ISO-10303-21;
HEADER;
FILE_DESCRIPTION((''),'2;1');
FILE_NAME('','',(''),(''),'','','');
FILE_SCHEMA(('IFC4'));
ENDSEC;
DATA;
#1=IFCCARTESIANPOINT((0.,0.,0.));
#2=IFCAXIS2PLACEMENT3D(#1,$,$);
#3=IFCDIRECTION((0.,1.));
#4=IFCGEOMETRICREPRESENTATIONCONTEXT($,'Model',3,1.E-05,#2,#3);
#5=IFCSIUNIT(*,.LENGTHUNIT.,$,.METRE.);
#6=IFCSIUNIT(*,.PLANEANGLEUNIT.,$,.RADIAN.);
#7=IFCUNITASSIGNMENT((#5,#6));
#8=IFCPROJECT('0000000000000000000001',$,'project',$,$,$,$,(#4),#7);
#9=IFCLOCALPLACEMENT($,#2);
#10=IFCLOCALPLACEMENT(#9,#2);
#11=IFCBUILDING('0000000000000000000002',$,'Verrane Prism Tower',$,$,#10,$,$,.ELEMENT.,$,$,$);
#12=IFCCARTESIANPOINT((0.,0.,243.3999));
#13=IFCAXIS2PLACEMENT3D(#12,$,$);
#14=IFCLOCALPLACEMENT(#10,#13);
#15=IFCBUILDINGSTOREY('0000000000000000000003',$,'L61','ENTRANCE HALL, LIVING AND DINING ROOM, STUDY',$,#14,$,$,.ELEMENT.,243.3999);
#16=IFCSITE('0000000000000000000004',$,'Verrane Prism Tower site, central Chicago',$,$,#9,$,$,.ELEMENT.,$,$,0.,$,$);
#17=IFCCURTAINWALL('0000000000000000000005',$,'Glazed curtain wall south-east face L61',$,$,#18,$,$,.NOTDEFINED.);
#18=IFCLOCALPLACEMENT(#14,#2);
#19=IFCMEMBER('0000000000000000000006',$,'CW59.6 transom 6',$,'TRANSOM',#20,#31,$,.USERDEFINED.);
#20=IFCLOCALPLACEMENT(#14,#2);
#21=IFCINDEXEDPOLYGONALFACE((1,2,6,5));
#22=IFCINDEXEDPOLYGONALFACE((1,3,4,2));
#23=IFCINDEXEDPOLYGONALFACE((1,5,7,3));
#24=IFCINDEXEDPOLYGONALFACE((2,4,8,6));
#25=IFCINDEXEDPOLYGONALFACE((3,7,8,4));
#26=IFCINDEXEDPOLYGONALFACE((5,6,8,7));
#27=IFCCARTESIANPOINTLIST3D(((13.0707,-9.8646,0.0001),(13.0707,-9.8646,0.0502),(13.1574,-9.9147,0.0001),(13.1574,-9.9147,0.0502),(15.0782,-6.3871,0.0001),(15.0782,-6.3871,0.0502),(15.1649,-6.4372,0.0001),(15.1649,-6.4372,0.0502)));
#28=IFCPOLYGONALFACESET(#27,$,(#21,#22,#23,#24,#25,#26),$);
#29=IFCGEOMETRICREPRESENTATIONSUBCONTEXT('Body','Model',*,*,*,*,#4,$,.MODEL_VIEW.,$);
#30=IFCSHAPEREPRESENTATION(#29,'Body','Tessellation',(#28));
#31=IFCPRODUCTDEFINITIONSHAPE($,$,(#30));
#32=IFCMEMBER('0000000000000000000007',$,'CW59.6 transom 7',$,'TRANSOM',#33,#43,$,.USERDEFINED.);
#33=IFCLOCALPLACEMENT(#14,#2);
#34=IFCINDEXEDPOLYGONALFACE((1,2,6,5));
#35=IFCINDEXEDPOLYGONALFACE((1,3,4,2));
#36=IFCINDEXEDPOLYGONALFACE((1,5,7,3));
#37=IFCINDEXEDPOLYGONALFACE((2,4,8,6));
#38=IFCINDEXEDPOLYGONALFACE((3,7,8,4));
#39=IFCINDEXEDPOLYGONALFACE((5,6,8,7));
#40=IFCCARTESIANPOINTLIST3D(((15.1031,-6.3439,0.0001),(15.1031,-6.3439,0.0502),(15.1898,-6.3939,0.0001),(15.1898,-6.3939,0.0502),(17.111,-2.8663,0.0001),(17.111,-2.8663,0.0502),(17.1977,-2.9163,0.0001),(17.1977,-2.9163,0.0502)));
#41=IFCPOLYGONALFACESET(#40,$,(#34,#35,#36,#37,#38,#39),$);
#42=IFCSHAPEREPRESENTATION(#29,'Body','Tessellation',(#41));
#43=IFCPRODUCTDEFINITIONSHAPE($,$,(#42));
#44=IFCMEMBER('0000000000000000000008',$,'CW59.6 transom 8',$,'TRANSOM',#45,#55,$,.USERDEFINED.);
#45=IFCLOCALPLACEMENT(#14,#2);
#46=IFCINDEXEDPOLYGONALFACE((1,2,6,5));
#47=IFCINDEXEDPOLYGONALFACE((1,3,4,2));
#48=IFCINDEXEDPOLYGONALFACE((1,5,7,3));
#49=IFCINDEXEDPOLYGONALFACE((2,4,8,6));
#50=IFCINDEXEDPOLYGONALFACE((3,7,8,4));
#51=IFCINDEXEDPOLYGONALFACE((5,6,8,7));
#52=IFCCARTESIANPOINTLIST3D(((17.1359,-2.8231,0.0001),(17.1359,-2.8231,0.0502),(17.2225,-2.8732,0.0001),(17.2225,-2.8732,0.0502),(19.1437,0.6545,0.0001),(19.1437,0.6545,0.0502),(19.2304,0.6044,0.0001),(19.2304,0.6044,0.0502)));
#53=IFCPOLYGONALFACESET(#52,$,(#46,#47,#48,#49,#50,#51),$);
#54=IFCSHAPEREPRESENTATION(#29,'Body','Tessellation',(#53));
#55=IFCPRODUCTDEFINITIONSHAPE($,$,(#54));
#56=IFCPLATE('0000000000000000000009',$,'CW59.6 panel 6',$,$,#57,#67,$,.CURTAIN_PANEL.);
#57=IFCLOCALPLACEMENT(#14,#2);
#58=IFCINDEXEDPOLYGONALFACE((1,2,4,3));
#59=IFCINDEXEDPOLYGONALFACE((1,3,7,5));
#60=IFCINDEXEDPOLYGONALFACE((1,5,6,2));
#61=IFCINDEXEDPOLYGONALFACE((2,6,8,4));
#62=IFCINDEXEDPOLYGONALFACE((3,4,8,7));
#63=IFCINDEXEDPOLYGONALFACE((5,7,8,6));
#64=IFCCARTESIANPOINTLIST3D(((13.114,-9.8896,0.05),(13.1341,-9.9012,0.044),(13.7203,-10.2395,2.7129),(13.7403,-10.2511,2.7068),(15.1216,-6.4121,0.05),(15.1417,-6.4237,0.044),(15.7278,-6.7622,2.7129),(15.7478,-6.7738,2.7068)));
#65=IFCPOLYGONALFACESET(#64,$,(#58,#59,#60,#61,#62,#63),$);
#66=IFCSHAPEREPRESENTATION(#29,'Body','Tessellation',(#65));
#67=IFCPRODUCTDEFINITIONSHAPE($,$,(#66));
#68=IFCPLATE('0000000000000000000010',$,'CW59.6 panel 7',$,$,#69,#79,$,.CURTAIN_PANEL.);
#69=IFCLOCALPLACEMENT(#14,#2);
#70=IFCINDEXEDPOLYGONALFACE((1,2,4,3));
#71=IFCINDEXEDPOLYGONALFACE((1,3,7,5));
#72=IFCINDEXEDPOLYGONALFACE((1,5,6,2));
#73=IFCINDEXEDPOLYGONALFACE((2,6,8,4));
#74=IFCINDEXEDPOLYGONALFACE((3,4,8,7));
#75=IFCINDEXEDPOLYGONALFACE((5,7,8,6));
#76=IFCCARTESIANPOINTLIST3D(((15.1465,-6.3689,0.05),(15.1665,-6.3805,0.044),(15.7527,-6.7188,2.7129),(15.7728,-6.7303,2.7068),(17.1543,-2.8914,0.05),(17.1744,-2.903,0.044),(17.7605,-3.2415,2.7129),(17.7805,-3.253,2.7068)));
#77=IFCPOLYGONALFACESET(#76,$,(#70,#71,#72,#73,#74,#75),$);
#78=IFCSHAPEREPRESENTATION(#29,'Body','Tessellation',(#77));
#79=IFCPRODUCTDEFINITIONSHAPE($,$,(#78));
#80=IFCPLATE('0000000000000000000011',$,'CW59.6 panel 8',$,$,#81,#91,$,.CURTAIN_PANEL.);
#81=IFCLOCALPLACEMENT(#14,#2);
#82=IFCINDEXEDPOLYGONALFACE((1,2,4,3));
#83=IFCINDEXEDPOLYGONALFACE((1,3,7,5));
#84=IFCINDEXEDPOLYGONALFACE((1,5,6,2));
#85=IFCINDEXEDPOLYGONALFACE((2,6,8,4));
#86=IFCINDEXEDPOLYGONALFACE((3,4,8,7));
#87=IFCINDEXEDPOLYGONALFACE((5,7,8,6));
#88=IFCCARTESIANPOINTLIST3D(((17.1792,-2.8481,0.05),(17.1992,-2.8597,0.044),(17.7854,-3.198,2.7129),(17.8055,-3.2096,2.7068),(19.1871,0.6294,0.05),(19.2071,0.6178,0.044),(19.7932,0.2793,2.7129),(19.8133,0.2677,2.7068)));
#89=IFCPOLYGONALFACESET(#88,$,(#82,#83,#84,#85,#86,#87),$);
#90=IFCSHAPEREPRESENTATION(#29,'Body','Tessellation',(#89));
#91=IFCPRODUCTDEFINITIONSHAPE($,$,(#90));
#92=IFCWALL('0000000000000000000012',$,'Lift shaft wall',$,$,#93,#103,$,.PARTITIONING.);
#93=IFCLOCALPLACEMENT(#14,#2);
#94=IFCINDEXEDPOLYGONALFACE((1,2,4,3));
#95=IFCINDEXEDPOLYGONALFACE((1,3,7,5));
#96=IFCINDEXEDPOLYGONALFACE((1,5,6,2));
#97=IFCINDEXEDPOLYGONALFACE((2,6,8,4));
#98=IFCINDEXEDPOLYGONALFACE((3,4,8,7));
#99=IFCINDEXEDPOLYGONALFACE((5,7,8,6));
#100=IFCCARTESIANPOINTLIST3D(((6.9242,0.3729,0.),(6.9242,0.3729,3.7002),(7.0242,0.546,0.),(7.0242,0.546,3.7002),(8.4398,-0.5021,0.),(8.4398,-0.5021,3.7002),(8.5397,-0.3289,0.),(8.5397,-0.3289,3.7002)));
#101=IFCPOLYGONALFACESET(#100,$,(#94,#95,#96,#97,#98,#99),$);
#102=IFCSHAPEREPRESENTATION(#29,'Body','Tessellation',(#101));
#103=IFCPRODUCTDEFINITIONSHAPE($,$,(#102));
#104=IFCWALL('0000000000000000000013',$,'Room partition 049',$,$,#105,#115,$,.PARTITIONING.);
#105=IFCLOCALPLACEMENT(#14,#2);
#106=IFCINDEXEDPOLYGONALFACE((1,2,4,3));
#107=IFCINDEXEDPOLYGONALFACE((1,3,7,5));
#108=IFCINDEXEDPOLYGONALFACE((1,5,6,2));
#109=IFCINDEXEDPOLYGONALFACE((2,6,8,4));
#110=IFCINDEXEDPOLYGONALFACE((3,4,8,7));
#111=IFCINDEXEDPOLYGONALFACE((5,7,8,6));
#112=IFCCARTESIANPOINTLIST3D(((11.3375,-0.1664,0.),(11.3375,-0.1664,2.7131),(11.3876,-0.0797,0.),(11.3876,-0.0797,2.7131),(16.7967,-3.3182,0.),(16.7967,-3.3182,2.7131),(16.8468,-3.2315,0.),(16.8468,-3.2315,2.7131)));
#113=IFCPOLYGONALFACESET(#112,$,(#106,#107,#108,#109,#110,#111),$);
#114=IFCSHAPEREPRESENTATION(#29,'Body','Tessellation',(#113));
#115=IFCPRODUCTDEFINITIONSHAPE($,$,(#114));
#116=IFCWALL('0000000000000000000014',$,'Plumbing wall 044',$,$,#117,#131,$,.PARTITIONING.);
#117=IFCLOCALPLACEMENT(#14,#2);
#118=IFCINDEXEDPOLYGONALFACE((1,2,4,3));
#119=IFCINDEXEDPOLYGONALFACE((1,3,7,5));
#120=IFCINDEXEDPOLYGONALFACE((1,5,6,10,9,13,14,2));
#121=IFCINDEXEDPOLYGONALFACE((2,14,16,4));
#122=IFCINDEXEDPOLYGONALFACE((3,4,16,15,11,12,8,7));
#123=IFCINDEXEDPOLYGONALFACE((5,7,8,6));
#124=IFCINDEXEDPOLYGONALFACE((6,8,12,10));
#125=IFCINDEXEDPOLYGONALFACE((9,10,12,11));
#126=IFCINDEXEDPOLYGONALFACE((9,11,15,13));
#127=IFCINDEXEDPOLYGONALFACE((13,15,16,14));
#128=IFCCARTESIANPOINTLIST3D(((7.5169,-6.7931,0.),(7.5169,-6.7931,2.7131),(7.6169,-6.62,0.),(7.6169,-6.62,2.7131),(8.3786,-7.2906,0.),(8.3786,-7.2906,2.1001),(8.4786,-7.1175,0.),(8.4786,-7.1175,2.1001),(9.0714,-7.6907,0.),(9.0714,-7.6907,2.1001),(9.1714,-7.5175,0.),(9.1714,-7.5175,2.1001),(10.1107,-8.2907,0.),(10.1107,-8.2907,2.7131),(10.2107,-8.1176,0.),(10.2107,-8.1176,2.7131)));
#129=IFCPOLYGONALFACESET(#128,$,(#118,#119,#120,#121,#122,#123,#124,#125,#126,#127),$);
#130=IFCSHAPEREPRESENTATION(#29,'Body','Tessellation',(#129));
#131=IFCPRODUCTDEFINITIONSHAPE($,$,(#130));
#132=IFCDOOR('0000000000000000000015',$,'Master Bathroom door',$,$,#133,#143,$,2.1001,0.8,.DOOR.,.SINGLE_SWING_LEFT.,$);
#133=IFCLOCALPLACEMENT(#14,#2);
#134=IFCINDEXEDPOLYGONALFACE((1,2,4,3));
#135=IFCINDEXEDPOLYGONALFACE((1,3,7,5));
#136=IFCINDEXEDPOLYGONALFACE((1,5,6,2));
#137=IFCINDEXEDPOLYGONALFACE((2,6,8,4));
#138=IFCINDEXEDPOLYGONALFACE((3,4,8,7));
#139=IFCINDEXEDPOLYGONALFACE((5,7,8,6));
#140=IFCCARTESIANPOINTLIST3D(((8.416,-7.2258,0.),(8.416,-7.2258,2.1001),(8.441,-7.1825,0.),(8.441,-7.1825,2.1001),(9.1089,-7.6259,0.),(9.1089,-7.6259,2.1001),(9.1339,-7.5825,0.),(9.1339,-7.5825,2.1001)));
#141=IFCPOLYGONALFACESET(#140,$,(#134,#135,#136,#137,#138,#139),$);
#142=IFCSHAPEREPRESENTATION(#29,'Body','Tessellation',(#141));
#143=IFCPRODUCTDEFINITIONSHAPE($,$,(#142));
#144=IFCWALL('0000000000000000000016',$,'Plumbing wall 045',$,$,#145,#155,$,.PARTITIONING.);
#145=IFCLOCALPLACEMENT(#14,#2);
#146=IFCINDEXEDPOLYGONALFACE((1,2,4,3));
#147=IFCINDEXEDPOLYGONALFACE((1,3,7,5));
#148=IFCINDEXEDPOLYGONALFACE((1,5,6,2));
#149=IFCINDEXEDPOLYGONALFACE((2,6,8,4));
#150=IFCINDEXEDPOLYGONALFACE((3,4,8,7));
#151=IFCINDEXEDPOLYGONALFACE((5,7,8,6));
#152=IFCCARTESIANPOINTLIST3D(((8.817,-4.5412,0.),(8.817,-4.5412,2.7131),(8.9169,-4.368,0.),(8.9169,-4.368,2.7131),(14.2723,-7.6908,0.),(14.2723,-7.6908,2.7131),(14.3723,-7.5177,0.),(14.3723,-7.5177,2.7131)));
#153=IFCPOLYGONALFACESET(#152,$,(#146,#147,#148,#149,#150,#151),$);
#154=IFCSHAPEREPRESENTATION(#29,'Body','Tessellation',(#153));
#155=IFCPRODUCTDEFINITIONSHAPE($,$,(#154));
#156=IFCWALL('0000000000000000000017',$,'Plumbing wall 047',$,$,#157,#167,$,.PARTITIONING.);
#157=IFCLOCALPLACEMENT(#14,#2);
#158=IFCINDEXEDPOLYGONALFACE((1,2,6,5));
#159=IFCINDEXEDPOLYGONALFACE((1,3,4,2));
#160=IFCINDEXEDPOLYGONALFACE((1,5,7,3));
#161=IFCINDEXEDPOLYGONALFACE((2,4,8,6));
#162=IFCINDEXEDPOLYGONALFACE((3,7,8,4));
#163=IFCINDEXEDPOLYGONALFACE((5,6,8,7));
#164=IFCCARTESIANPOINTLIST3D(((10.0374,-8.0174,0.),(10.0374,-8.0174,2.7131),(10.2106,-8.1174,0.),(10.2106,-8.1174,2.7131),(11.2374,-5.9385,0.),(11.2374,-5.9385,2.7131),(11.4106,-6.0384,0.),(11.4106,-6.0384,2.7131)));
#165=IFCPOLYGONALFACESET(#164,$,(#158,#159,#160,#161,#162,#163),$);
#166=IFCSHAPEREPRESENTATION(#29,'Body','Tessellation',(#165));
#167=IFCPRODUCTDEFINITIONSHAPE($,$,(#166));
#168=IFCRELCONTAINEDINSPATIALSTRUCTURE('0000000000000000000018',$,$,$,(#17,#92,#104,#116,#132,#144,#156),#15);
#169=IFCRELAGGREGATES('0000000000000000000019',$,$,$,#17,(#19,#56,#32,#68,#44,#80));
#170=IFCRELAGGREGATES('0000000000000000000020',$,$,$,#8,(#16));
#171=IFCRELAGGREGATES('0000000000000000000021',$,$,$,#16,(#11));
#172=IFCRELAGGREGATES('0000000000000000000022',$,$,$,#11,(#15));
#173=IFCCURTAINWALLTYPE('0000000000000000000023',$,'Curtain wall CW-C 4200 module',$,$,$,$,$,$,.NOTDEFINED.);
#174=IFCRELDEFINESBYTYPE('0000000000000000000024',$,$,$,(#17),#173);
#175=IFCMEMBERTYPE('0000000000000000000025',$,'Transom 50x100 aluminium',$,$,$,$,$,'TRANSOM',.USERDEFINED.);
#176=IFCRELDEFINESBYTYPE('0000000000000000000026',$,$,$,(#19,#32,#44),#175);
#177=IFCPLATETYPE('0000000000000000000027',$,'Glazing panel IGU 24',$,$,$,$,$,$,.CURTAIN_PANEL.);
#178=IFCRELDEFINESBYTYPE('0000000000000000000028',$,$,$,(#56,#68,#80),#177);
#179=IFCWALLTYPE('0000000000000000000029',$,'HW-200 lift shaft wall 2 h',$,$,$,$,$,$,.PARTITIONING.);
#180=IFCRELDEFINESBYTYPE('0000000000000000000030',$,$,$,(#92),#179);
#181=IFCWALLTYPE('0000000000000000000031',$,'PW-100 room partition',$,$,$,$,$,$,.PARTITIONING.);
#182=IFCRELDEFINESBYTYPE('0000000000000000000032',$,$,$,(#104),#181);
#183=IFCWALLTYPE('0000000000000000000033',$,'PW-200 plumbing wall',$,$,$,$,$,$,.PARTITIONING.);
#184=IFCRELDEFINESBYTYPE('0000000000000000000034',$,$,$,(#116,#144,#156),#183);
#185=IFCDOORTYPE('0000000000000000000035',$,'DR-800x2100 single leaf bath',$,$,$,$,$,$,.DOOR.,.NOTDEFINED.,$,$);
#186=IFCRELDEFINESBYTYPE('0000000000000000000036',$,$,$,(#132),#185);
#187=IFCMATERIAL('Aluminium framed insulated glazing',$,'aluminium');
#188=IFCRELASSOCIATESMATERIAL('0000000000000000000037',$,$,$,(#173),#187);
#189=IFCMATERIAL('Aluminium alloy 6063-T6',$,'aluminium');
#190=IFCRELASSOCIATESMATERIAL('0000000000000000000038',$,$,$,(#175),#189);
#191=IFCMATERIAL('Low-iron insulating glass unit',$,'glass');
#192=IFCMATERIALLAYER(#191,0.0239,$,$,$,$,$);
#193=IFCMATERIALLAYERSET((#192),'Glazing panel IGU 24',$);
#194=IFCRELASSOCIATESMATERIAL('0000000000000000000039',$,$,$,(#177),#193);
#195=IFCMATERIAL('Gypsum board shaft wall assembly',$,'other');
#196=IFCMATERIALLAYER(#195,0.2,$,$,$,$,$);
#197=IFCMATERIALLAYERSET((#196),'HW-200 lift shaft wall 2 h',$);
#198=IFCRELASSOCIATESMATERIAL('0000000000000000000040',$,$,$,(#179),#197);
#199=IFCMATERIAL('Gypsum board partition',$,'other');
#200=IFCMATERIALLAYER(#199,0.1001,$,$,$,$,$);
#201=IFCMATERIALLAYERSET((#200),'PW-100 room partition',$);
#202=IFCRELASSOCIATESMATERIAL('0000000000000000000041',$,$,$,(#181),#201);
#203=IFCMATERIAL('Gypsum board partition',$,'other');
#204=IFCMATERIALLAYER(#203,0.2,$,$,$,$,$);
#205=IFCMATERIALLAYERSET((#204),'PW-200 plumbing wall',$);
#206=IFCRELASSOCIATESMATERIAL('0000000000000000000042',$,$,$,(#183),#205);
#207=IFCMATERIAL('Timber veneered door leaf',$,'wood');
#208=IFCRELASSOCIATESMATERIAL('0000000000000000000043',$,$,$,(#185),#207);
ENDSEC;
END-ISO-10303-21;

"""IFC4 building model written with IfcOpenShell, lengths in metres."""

from ifc_helpers import new_model, si_unit, direction, frame, frame_2d, origin, origin_2d, place, context, subcontext, project, spatial, polyline, rectangle, outline, extrude, material, layer, layer_set, material_profile, profile_set, type_object, element, fill, aggregate, save


model = new_model("IFC4")

# Units and contexts
model_context = context("Model", 3, precision=1e-05, world=origin(), true_north=direction((0.0, 1.0)))
body_context = subcontext(model_context, "Body", "Model", "MODEL_VIEW")
ifc_project = project(units=[si_unit("LENGTHUNIT", "METRE"), si_unit("PLANEANGLEUNIT", "RADIAN")], contexts=[model_context])

# Site, building, storey
site_placement = place(None, origin())
site = spatial("IfcSite", under=ifc_project, at=site_placement, Name="Verrane Prism Tower site, central Chicago", CompositionType="ELEMENT", RefElevation=0.0)
building_placement = place(site_placement, origin())
building = spatial("IfcBuilding", under=site, at=building_placement, Name="Verrane Prism Tower", CompositionType="ELEMENT")
storey_placement = place(building_placement, frame((0.0, 0.0, 243.3999)))
storey = spatial("IfcBuildingStorey", under=building, at=storey_placement, Name="L61", Description="ENTRANCE HALL, LIVING AND DINING ROOM, STUDY", CompositionType="ELEMENT", Elevation=243.3999)

# Curtain wall
ifc_material_1 = material(Name="Aluminium framed insulated glazing", Category="aluminium")
curtain_wall_type = type_object("IfcCurtainWallType", Name="Curtain wall CW-C 4200 module", PredefinedType="NOTDEFINED", material=ifc_material_1)
curtain_wall_placement = place(storey_placement, origin())
curtain_wall = element("IfcCurtainWall", 1, at=curtain_wall_placement, inside=storey, type_object=curtain_wall_type, Name="Glazed curtain wall south-east face L61", PredefinedType="NOTDEFINED")

# Members
ifc_material_2 = material(Name="Aluminium alloy 6063-T6", Category="aluminium")
ifc_material_profile_1 = material_profile(ifc_material_2, rectangle(XDim=0.1001, YDim=0.05, at=origin_2d()), Name="Transom 50x100 aluminium")
ifc_profile_set_1 = profile_set([ifc_material_profile_1], Name="Aluminium alloy 6063-T6")
member_type_1 = type_object("IfcMemberType", Name="Transom 50x100 aluminium", ElementType="TRANSOM", PredefinedType="USERDEFINED", material=ifc_profile_set_1)
member_1_placement = place(storey_placement, frame((13.114, -9.8896, 0.0251), z_axis=(0.499965, 0.866046, 0.0), x_axis=(-0.866046, 0.499965, 0.0)))
member_1 = element("IfcMember", 2, at=member_1_placement, type_object=member_type_1, Name="CW59.6 transom 6", ObjectType="TRANSOM", PredefinedType="USERDEFINED", context=body_context, shape_type="SweptSolid", body=[
    extrude(rectangle(XDim=0.1001, YDim=0.05, at=origin_2d()), origin(), (0.0, 0.0, 1.0), 4.0154),
])
member_2_placement = place(storey_placement, frame((15.1465, -6.3689, 0.0251), z_axis=(0.50001, 0.86602, 0.0), x_axis=(-0.86602, 0.50001, 0.0)))
member_2 = element("IfcMember", 3, at=member_2_placement, type_object=member_type_1, Name="CW59.6 transom 7", ObjectType="TRANSOM", PredefinedType="USERDEFINED", context=body_context, shape_type="SweptSolid", body=[
    extrude(rectangle(XDim=0.1001, YDim=0.05, at=origin_2d()), origin(), (0.0, 0.0, 1.0), 4.0156),
])
member_3_placement = place(storey_placement, frame((17.1792, -2.8481, 0.0251), z_axis=(0.50001, 0.86602, 0.0), x_axis=(-0.86602, 0.50001, 0.0)))
member_3 = element("IfcMember", 4, at=member_3_placement, type_object=member_type_1, Name="CW59.6 transom 8", ObjectType="TRANSOM", PredefinedType="USERDEFINED", context=body_context, shape_type="SweptSolid", body=[
    extrude(rectangle(XDim=0.1001, YDim=0.05, at=origin_2d()), origin(), (0.0, 0.0, 1.0), 4.0156),
])

# Plates
ifc_material_3 = material(Name="Low-iron insulating glass unit", Category="glass")
ifc_layer_1 = layer(ifc_material_3, 0.0239)
ifc_layer_set_1 = layer_set([ifc_layer_1], Name="Glazing panel IGU 24")
plate_type = type_object("IfcPlateType", Name="Glazing panel IGU 24", PredefinedType="CURTAIN_PANEL", material=ifc_layer_set_1)
plate_1_placement = place(storey_placement, frame((13.114, -9.8896, 0.05), z_axis=(-0.837583, 0.48355, 0.25423), x_axis=(0.499977, 0.866039, -0.000004)))
plate_1 = element("IfcPlate", 5, at=plate_1_placement, type_object=plate_type, Name="CW59.6 panel 6", PredefinedType="CURTAIN_PANEL", context=body_context, shape_type="SweptSolid", body=[
    extrude(outline(polyline([(0.0, 0.0), (4.0154, 0.0), (4.0153, -2.7533), (0.0001, -2.7533), (0.0, 0.0)])), origin(), (0.0, 0.0, -1.0), 0.0239),
])
plate_2_placement = place(storey_placement, frame((15.1465, -6.3689, 0.05), z_axis=(-0.837558, 0.483594, 0.25423), x_axis=(0.500022, 0.866012, -0.000004)))
plate_2 = element("IfcPlate", 6, at=plate_2_placement, type_object=plate_type, Name="CW59.6 panel 7", PredefinedType="CURTAIN_PANEL", context=body_context, shape_type="SweptSolid", body=[
    extrude(outline(polyline([(0.0, 0.0), (4.0155, 0.0), (4.0155, -2.7533), (0.0001, -2.7533), (0.0, 0.0)])), origin(), (0.0, 0.0, -1.0), 0.0239),
])
plate_3_placement = place(storey_placement, frame((17.1792, -2.8481, 0.05), z_axis=(-0.837558, 0.483594, 0.25423), x_axis=(0.500022, 0.866012, -0.000004)))
plate_3 = element("IfcPlate", 7, at=plate_3_placement, type_object=plate_type, Name="CW59.6 panel 8", PredefinedType="CURTAIN_PANEL", context=body_context, shape_type="SweptSolid", body=[
    extrude(outline(polyline([(0.0, 0.0), (4.0155, 0.0), (4.0155, -2.7533), (0.0001, -2.7533), (0.0, 0.0)])), origin(), (0.0, 0.0, -1.0), 0.0239),
])
aggregate(curtain_wall, [member_1, plate_1, member_2, plate_2, member_3, plate_3])

# Walls
ifc_material_4 = material(Name="Gypsum board shaft wall assembly", Category="other")
ifc_layer_2 = layer(ifc_material_4, 0.2)
ifc_layer_set_2 = layer_set([ifc_layer_2], Name="HW-200 lift shaft wall 2 h")
wall_type_1 = type_object("IfcWallType", Name="HW-200 lift shaft wall 2 h", PredefinedType="PARTITIONING", material=ifc_layer_set_2)
wall_1_placement = place(storey_placement, frame((8.4897, -0.4155, 0.0), z_axis=(0.0, 0.0, 1.0), x_axis=(-0.866037, 0.49998, 0.0)))
element("IfcWall", 8, at=wall_1_placement, inside=storey, type_object=wall_type_1, Name="Lift shaft wall", PredefinedType="PARTITIONING", context=body_context, shape_type="SweptSolid", body=[
    extrude(rectangle(XDim=1.75, YDim=0.2, at=frame_2d((0.875, 0.0))), origin(), (0.0, 0.0, 1.0), 3.7002),
])
ifc_material_5 = material(Name="Gypsum board partition", Category="other")
ifc_layer_3 = layer(ifc_material_5, 0.1001)
ifc_layer_set_3 = layer_set([ifc_layer_3], Name="PW-100 room partition")
wall_type_2 = type_object("IfcWallType", Name="PW-100 room partition", PredefinedType="PARTITIONING", material=ifc_layer_set_3)
wall_2_placement = place(storey_placement, frame((11.3625, -0.123, 0.0), z_axis=(0.0, 0.0, 1.0), x_axis=(0.866028, -0.499996, 0.0)))
element("IfcWall", 9, at=wall_2_placement, inside=storey, type_object=wall_type_2, Name="Room partition 049", PredefinedType="PARTITIONING", context=body_context, shape_type="SweptSolid", body=[
    extrude(rectangle(XDim=6.3037, YDim=0.1001, at=frame_2d((3.1519, 0.0))), origin(), (0.0, 0.0, 1.0), 2.7131),
])

# Wall, opening, door
ifc_material_6 = material(Name="Gypsum board partition", Category="other")
ifc_layer_4 = layer(ifc_material_6, 0.2)
ifc_layer_set_4 = layer_set([ifc_layer_4], Name="PW-200 plumbing wall")
wall_type_3 = type_object("IfcWallType", Name="PW-200 plumbing wall", PredefinedType="PARTITIONING", material=ifc_layer_set_4)
wall_3_placement = place(storey_placement, frame((7.5669, -6.7065, 0.0), z_axis=(0.0, 0.0, 1.0), x_axis=(0.866017, -0.500014, 0.0)))
wall_3 = element("IfcWall", 10, at=wall_3_placement, inside=storey, type_object=wall_type_3, Name="Plumbing wall 044", PredefinedType="PARTITIONING", context=body_context, shape_type="SweptSolid", body=[
    extrude(rectangle(XDim=2.9951, YDim=0.2, at=frame_2d((1.4976, 0.0))), origin(), (0.0, 0.0, 1.0), 2.7131),
])
opening_placement = place(wall_3_placement, frame((0.9951, 0.0, 0.0)))
opening = element("IfcOpeningElement", 11, at=opening_placement, cuts=wall_3, PredefinedType="OPENING", context=body_context, shape_type="SweptSolid", body=[
    extrude(rectangle(XDim=0.8, YDim=2.1001, at=frame_2d((0.3999, 1.05))), frame((0.0, 0.1099, 0.0), z_axis=(0.0, -1.0, 0.0), x_axis=(1.0, 0.0, 0.0)), (0.0, 0.0, 1.0), 0.22),
])
ifc_material_7 = material(Name="Timber veneered door leaf", Category="wood")
door_type = type_object("IfcDoorType", Name="DR-800x2100 single leaf bath", OperationType="NOTDEFINED", PredefinedType="DOOR", material=ifc_material_7)
door_placement = place(opening_placement, origin())
door = element("IfcDoor", 12, at=door_placement, inside=storey, type_object=door_type, Name="Master Bathroom door", OperationType="SINGLE_SWING_LEFT", OverallHeight=2.1001, OverallWidth=0.8, PredefinedType="DOOR", context=body_context, shape_type="SweptSolid", body=[
    extrude(rectangle(XDim=0.8, YDim=2.1001, at=frame_2d((0.3999, 1.05))), frame((0.0, 0.0249, 0.0), z_axis=(0.0, -1.0, 0.0), x_axis=(1.0, 0.0, 0.0)), (0.0, 0.0, 1.0), 0.05),
])
fill(opening, door)

# Walls
wall_4_placement = place(storey_placement, frame((8.8669, -4.4546, 0.0), z_axis=(0.0, 0.0, 1.0), x_axis=(0.866024, -0.500003, 0.0)))
element("IfcWall", 13, at=wall_4_placement, inside=storey, type_object=wall_type_3, Name="Plumbing wall 045", PredefinedType="PARTITIONING", context=body_context, shape_type="SweptSolid", body=[
    extrude(rectangle(XDim=6.2993, YDim=0.2, at=frame_2d((3.1497, 0.0))), origin(), (0.0, 0.0, 1.0), 2.7131),
])
wall_5_placement = place(storey_placement, frame((10.124, -8.0674, 0.0), z_axis=(0.0, 0.0, 1.0), x_axis=(0.499913, 0.866075, 0.0)))
element("IfcWall", 14, at=wall_5_placement, inside=storey, type_object=wall_type_3, Name="Plumbing wall 047", PredefinedType="PARTITIONING", context=body_context, shape_type="SweptSolid", body=[
    extrude(rectangle(XDim=2.4004, YDim=0.2, at=frame_2d((1.2002, 0.0))), origin(), (0.0, 0.0, 1.0), 2.7131),
])

save(model, "model.ifc")
